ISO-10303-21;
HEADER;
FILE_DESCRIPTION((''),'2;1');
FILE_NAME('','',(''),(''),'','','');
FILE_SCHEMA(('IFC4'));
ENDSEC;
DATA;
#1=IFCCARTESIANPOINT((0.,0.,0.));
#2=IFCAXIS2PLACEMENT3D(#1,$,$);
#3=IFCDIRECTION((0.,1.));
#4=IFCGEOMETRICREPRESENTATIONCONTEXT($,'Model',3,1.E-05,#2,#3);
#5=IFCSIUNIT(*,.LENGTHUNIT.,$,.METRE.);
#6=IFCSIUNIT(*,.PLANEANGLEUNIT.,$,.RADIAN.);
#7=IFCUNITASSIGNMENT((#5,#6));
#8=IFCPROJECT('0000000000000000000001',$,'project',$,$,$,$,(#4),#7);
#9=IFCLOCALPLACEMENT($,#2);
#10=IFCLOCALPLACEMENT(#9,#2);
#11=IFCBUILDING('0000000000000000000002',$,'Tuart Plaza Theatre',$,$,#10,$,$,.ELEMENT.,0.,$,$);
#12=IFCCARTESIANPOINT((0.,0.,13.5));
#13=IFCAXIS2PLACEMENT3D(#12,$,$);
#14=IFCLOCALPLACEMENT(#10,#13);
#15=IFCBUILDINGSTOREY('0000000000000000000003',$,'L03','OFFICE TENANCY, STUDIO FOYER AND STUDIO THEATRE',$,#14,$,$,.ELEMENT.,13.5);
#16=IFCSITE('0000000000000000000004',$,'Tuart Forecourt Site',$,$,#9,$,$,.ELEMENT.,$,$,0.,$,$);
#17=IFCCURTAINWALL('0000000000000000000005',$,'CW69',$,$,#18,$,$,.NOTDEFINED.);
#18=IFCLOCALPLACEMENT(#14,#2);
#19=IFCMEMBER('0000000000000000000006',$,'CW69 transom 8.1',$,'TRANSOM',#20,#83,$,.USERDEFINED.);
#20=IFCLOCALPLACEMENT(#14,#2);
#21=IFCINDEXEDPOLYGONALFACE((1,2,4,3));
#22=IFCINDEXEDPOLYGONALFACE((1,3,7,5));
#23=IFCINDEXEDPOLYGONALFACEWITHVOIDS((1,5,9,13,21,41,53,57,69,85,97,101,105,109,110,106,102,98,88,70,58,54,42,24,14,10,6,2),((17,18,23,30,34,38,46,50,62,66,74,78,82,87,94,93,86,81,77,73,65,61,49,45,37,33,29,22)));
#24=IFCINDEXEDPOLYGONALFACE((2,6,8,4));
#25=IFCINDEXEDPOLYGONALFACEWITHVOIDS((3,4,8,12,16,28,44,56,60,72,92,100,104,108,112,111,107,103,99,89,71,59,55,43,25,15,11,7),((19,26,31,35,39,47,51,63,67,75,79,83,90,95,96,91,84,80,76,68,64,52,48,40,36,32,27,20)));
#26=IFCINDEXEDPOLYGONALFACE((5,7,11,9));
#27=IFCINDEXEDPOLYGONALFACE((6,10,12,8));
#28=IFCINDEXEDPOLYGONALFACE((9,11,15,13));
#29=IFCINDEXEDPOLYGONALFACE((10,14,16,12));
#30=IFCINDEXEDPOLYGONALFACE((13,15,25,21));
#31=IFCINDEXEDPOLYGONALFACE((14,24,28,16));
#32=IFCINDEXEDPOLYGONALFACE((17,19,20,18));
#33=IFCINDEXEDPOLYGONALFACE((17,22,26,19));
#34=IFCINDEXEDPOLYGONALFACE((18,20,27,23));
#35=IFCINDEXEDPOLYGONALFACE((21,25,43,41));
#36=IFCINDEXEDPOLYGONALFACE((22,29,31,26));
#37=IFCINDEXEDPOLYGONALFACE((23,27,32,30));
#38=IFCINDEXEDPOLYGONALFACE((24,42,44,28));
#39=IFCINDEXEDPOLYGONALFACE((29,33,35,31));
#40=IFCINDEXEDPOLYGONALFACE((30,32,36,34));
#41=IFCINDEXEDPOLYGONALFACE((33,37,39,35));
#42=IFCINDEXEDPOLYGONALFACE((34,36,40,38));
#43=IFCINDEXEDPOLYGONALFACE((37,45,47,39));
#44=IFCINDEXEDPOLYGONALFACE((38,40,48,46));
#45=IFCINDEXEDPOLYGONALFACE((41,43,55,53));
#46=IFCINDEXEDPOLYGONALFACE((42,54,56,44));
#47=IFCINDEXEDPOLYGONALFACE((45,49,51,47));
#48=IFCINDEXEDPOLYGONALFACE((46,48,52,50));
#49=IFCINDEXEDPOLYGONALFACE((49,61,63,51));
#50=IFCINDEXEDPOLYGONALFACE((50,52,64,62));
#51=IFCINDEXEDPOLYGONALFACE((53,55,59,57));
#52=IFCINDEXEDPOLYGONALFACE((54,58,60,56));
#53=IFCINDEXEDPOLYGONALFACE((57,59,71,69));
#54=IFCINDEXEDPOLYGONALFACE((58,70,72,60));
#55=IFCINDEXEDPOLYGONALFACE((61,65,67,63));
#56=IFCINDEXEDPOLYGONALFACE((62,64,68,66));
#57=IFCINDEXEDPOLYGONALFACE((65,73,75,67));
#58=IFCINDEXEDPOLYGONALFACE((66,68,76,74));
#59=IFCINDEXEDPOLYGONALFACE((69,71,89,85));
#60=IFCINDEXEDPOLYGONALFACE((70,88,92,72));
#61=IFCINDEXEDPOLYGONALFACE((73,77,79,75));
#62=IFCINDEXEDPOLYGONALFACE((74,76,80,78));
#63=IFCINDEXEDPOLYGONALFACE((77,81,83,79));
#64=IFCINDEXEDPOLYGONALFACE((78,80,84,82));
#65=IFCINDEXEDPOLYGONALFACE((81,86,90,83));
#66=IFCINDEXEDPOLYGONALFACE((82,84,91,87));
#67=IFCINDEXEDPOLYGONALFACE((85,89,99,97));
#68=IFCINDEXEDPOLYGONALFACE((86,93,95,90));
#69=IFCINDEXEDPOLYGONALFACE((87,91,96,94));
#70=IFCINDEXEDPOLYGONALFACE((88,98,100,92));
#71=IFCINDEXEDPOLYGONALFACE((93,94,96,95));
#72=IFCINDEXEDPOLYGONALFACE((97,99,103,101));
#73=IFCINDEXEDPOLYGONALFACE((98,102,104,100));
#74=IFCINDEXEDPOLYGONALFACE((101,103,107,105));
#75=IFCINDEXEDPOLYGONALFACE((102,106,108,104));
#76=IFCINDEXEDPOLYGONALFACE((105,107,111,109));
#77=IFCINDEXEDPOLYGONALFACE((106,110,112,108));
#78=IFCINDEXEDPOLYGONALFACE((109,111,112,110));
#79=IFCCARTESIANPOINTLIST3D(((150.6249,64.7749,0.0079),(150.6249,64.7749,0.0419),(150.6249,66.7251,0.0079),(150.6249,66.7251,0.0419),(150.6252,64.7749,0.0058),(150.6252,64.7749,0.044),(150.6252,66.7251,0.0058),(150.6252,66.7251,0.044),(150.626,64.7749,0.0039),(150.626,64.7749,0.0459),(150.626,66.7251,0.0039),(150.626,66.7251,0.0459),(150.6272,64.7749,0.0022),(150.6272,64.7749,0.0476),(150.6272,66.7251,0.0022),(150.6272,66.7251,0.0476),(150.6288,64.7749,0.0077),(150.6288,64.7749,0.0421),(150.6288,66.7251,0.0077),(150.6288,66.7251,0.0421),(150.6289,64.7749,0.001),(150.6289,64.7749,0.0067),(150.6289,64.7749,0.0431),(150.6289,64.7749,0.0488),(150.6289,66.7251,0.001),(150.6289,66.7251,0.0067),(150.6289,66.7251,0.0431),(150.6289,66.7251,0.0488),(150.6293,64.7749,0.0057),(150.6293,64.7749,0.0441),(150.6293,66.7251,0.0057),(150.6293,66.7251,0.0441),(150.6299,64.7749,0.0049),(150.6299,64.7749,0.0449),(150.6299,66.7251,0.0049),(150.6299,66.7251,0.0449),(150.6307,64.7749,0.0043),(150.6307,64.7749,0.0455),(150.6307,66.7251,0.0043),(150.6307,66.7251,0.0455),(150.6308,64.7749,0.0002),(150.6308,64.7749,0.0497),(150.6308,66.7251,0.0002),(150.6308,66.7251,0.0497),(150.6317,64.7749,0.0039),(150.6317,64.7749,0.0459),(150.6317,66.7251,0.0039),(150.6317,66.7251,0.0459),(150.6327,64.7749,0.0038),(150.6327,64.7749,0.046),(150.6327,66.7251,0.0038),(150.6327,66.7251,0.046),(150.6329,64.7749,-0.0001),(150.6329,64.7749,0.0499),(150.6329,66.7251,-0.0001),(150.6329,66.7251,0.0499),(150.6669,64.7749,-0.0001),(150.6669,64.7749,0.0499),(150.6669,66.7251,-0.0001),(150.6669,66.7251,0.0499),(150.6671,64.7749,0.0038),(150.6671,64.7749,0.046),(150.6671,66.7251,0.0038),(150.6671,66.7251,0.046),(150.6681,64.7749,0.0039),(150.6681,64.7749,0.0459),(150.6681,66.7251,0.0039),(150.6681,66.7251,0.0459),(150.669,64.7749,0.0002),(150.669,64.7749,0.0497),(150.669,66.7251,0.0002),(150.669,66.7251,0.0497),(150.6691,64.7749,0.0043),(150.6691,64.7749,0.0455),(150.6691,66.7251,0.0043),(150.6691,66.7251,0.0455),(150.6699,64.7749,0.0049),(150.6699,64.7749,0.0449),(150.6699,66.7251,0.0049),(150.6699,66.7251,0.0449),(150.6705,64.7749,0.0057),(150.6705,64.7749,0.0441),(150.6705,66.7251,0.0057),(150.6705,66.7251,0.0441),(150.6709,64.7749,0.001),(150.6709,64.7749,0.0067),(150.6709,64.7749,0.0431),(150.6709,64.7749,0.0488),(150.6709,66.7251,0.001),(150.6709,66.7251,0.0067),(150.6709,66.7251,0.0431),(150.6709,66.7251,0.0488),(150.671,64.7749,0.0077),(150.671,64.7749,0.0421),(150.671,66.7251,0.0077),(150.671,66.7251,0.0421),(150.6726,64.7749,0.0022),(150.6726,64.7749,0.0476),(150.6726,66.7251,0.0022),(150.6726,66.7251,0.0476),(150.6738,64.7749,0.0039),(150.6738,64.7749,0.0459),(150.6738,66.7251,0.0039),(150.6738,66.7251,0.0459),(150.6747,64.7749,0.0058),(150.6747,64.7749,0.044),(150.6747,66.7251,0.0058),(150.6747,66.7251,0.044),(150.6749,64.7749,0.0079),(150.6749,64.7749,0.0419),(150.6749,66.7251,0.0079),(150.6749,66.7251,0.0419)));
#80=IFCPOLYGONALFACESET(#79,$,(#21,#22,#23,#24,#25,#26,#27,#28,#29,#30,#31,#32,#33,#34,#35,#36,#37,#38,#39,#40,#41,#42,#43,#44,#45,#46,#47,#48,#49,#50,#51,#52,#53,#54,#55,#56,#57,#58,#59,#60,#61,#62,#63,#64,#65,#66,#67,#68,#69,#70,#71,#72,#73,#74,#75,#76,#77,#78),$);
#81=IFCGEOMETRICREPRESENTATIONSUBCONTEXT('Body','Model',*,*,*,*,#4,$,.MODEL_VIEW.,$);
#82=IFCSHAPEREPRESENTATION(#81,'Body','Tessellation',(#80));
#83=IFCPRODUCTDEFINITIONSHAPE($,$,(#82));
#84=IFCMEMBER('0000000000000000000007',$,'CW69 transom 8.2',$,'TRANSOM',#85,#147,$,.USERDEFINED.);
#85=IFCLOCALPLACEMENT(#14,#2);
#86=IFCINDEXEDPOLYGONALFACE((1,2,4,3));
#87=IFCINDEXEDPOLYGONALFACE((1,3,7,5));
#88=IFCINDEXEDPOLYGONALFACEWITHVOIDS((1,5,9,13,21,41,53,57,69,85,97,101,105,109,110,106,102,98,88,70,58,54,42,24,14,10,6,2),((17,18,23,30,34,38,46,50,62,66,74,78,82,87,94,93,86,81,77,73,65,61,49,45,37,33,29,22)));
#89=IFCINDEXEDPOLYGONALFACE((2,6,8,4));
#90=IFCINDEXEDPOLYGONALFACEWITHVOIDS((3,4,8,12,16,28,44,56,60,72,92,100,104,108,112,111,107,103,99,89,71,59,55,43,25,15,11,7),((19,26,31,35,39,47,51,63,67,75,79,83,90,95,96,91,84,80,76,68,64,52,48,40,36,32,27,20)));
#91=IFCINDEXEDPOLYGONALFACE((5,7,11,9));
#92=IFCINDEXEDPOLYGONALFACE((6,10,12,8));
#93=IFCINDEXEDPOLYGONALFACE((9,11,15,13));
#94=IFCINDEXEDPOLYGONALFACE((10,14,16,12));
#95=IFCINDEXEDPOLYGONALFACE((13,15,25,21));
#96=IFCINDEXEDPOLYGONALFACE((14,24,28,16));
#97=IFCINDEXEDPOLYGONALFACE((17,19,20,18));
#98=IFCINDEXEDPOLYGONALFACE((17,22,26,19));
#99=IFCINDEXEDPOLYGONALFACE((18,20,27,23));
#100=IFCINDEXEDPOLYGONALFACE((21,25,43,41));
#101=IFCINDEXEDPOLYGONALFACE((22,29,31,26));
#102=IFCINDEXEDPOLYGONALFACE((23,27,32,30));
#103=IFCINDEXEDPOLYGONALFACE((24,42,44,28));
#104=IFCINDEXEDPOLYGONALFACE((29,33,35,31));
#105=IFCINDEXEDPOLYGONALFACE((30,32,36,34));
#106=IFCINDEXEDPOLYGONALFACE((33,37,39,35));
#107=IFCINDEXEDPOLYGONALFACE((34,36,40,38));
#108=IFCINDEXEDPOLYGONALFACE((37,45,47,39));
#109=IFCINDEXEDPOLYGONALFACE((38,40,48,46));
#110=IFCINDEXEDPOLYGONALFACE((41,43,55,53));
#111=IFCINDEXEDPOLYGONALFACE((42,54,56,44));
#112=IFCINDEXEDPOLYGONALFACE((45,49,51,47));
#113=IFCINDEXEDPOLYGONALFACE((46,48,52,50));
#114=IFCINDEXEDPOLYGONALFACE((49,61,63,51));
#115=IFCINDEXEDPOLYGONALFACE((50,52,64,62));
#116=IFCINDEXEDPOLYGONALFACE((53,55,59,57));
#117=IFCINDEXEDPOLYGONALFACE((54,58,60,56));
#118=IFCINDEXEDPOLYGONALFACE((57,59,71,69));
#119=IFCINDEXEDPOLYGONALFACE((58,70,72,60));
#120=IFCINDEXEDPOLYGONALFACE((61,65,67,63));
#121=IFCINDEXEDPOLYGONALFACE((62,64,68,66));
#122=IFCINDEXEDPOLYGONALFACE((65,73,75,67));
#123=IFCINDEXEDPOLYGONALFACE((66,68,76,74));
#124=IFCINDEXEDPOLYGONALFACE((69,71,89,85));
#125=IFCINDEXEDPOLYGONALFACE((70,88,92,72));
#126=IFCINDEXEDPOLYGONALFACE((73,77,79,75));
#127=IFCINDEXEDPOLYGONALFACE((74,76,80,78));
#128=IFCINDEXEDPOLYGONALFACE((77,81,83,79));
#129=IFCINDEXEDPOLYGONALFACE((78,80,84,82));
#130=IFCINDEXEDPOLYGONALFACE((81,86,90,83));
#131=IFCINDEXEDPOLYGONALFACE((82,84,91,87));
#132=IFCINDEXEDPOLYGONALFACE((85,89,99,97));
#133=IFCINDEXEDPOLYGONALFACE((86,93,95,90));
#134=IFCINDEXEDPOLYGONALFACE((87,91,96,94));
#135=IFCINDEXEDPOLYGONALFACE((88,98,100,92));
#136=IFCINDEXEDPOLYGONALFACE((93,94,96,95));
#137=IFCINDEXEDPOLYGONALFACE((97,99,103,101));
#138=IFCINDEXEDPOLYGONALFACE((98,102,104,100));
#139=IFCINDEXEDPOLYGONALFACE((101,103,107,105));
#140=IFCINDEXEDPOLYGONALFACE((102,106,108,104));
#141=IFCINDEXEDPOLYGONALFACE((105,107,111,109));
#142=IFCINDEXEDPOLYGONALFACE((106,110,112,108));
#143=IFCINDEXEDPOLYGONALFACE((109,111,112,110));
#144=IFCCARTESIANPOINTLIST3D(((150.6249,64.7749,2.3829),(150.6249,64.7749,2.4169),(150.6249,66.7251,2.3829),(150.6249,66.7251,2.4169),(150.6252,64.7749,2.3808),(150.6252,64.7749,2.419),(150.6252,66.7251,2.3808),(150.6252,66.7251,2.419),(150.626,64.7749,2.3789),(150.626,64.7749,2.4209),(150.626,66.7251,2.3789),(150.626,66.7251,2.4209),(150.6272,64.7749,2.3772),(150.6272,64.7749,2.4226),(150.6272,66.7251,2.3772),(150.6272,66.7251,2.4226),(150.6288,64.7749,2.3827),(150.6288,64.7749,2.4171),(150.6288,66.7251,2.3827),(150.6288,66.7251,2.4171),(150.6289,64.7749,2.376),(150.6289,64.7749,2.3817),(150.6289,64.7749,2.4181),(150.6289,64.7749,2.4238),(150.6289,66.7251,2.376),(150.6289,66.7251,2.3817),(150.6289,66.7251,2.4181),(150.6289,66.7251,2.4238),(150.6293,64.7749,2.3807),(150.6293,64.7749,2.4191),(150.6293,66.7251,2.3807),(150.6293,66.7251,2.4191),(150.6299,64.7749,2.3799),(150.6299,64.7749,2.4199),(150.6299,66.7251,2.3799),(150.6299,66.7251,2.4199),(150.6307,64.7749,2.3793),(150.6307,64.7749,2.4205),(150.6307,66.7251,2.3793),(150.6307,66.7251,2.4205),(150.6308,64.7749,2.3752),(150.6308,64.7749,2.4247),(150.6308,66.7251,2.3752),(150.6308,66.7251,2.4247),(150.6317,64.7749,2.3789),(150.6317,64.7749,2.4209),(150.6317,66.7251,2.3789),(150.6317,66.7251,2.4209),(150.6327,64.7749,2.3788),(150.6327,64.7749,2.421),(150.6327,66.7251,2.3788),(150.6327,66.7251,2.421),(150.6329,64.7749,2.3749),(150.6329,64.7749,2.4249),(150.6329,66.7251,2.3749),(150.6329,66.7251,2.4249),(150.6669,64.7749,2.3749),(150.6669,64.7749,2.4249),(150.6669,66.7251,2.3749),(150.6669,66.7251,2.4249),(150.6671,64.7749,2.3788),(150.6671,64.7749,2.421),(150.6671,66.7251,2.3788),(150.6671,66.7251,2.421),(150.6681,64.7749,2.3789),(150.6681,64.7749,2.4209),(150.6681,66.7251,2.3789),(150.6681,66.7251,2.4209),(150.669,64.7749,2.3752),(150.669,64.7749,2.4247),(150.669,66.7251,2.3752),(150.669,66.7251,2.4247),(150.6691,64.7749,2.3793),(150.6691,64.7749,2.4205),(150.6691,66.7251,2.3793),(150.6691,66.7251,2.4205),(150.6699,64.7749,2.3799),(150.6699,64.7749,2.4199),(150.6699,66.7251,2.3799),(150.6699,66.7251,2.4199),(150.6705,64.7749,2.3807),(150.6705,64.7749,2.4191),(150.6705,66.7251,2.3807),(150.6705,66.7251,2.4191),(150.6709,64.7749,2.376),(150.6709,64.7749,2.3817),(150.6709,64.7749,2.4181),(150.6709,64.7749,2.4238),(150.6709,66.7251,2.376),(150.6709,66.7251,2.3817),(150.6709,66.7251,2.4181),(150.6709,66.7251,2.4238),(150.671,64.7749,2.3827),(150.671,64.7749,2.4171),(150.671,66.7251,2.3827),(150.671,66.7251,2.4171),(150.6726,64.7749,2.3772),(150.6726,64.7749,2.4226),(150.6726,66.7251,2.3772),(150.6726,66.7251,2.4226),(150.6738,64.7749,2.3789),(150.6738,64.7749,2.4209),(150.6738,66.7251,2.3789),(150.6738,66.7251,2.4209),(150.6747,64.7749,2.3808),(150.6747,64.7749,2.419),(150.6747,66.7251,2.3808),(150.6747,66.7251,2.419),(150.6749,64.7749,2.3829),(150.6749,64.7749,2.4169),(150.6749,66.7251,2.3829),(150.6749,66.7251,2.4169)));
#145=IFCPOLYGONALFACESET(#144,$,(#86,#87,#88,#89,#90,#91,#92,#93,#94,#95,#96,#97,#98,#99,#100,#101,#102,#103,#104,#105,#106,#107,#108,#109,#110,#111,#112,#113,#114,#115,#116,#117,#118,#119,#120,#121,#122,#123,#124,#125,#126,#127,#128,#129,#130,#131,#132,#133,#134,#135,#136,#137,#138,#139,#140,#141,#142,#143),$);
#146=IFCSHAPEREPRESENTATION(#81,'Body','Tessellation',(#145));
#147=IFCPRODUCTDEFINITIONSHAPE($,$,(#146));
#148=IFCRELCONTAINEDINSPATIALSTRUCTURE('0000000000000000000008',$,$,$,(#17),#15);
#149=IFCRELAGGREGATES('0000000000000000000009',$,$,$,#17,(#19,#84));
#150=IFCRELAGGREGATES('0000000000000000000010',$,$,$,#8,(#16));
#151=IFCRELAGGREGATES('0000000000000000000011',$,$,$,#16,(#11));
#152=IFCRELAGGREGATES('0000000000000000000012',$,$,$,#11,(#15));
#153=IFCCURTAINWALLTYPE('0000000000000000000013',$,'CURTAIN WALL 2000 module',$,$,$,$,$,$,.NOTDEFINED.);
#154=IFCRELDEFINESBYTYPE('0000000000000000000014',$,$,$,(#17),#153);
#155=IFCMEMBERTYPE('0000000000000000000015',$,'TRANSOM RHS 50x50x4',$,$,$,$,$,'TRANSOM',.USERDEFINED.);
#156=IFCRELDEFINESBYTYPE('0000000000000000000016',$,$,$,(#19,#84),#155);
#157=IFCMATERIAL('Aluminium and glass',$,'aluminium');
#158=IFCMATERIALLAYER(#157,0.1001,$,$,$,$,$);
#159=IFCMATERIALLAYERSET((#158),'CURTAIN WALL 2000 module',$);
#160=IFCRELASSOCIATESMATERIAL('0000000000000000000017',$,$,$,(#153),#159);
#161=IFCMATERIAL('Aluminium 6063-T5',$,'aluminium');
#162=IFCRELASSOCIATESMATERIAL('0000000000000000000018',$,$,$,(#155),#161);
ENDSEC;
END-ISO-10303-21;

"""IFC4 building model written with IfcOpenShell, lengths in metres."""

from ifc_helpers import new_model, si_unit, direction, frame, origin, origin_2d, place, context, subcontext, project, spatial, hollow_rectangle, extrude, material, layer, layer_set, material_profile, profile_set, type_object, element, aggregate, save


model = new_model("IFC4")

# Units and contexts
model_context = context("Model", 3, precision=1e-05, world=origin(), true_north=direction((0.0, 1.0)))
body_context = subcontext(model_context, "Body", "Model", "MODEL_VIEW")
ifc_project = project(units=[si_unit("LENGTHUNIT", "METRE"), si_unit("PLANEANGLEUNIT", "RADIAN")], contexts=[model_context])

# Site, building, storey
site_placement = place(None, origin())
site = spatial("IfcSite", under=ifc_project, at=site_placement, Name="Tuart Forecourt Site", CompositionType="ELEMENT", RefElevation=0.0)
building_placement = place(site_placement, origin())
building = spatial("IfcBuilding", under=site, at=building_placement, Name="Tuart Plaza Theatre", CompositionType="ELEMENT", ElevationOfRefHeight=0.0)
storey_placement = place(building_placement, frame((0.0, 0.0, 13.5)))
storey = spatial("IfcBuildingStorey", under=building, at=storey_placement, Name="L03", Description="OFFICE TENANCY, STUDIO FOYER AND STUDIO THEATRE", CompositionType="ELEMENT", Elevation=13.5)

# Curtain wall, members
ifc_material_1 = material(Name="Aluminium and glass", Category="aluminium")
ifc_layer_1 = layer(ifc_material_1, 0.1001)
ifc_layer_set_1 = layer_set([ifc_layer_1], Name="CURTAIN WALL 2000 module")
curtain_wall_type = type_object("IfcCurtainWallType", Name="CURTAIN WALL 2000 module", PredefinedType="NOTDEFINED", material=ifc_layer_set_1)
curtain_wall_placement = place(storey_placement, origin())
curtain_wall = element("IfcCurtainWall", 1, at=curtain_wall_placement, inside=storey, type_object=curtain_wall_type, Name="CW69", PredefinedType="NOTDEFINED")
ifc_material_2 = material(Name="Aluminium 6063-T5", Category="aluminium")
ifc_material_profile_1 = material_profile(ifc_material_2, hollow_rectangle(XDim=0.05, YDim=0.05, WallThickness=0.0039, InnerFilletRadius=0.0039, OuterFilletRadius=0.0081, at=origin_2d()), Name="RHS 50x50x4")
ifc_profile_set_1 = profile_set([ifc_material_profile_1], Name="Aluminium 6063-T5")
member_type_1 = type_object("IfcMemberType", Name="TRANSOM RHS 50x50x4", ElementType="TRANSOM", PredefinedType="USERDEFINED", material=ifc_profile_set_1)
member_1_placement = place(storey_placement, frame((150.6499, 64.7749, 0.0249), z_axis=(0.0, 1.0, 0.0), x_axis=(-1.0, 0.0, 0.0)))
member_1 = element("IfcMember", 2, at=member_1_placement, type_object=member_type_1, Name="CW69 transom 8.1", ObjectType="TRANSOM", PredefinedType="USERDEFINED", context=body_context, shape_type="SweptSolid", body=[
    extrude(hollow_rectangle(XDim=0.05, YDim=0.05, WallThickness=0.0039, InnerFilletRadius=0.0039, OuterFilletRadius=0.0081, at=origin_2d()), origin(), (0.0, 0.0, 1.0), 1.9502),
])
member_2_placement = place(storey_placement, frame((150.6499, 64.7749, 2.3999), z_axis=(0.0, 1.0, 0.0), x_axis=(-1.0, 0.0, 0.0)))
member_2 = element("IfcMember", 3, at=member_2_placement, type_object=member_type_1, Name="CW69 transom 8.2", ObjectType="TRANSOM", PredefinedType="USERDEFINED", context=body_context, shape_type="SweptSolid", body=[
    extrude(hollow_rectangle(XDim=0.05, YDim=0.05, WallThickness=0.0039, InnerFilletRadius=0.0039, OuterFilletRadius=0.0081, at=origin_2d()), origin(), (0.0, 0.0, 1.0), 1.9502),
])
aggregate(curtain_wall, [member_1, member_2])

save(model, "model.ifc")
